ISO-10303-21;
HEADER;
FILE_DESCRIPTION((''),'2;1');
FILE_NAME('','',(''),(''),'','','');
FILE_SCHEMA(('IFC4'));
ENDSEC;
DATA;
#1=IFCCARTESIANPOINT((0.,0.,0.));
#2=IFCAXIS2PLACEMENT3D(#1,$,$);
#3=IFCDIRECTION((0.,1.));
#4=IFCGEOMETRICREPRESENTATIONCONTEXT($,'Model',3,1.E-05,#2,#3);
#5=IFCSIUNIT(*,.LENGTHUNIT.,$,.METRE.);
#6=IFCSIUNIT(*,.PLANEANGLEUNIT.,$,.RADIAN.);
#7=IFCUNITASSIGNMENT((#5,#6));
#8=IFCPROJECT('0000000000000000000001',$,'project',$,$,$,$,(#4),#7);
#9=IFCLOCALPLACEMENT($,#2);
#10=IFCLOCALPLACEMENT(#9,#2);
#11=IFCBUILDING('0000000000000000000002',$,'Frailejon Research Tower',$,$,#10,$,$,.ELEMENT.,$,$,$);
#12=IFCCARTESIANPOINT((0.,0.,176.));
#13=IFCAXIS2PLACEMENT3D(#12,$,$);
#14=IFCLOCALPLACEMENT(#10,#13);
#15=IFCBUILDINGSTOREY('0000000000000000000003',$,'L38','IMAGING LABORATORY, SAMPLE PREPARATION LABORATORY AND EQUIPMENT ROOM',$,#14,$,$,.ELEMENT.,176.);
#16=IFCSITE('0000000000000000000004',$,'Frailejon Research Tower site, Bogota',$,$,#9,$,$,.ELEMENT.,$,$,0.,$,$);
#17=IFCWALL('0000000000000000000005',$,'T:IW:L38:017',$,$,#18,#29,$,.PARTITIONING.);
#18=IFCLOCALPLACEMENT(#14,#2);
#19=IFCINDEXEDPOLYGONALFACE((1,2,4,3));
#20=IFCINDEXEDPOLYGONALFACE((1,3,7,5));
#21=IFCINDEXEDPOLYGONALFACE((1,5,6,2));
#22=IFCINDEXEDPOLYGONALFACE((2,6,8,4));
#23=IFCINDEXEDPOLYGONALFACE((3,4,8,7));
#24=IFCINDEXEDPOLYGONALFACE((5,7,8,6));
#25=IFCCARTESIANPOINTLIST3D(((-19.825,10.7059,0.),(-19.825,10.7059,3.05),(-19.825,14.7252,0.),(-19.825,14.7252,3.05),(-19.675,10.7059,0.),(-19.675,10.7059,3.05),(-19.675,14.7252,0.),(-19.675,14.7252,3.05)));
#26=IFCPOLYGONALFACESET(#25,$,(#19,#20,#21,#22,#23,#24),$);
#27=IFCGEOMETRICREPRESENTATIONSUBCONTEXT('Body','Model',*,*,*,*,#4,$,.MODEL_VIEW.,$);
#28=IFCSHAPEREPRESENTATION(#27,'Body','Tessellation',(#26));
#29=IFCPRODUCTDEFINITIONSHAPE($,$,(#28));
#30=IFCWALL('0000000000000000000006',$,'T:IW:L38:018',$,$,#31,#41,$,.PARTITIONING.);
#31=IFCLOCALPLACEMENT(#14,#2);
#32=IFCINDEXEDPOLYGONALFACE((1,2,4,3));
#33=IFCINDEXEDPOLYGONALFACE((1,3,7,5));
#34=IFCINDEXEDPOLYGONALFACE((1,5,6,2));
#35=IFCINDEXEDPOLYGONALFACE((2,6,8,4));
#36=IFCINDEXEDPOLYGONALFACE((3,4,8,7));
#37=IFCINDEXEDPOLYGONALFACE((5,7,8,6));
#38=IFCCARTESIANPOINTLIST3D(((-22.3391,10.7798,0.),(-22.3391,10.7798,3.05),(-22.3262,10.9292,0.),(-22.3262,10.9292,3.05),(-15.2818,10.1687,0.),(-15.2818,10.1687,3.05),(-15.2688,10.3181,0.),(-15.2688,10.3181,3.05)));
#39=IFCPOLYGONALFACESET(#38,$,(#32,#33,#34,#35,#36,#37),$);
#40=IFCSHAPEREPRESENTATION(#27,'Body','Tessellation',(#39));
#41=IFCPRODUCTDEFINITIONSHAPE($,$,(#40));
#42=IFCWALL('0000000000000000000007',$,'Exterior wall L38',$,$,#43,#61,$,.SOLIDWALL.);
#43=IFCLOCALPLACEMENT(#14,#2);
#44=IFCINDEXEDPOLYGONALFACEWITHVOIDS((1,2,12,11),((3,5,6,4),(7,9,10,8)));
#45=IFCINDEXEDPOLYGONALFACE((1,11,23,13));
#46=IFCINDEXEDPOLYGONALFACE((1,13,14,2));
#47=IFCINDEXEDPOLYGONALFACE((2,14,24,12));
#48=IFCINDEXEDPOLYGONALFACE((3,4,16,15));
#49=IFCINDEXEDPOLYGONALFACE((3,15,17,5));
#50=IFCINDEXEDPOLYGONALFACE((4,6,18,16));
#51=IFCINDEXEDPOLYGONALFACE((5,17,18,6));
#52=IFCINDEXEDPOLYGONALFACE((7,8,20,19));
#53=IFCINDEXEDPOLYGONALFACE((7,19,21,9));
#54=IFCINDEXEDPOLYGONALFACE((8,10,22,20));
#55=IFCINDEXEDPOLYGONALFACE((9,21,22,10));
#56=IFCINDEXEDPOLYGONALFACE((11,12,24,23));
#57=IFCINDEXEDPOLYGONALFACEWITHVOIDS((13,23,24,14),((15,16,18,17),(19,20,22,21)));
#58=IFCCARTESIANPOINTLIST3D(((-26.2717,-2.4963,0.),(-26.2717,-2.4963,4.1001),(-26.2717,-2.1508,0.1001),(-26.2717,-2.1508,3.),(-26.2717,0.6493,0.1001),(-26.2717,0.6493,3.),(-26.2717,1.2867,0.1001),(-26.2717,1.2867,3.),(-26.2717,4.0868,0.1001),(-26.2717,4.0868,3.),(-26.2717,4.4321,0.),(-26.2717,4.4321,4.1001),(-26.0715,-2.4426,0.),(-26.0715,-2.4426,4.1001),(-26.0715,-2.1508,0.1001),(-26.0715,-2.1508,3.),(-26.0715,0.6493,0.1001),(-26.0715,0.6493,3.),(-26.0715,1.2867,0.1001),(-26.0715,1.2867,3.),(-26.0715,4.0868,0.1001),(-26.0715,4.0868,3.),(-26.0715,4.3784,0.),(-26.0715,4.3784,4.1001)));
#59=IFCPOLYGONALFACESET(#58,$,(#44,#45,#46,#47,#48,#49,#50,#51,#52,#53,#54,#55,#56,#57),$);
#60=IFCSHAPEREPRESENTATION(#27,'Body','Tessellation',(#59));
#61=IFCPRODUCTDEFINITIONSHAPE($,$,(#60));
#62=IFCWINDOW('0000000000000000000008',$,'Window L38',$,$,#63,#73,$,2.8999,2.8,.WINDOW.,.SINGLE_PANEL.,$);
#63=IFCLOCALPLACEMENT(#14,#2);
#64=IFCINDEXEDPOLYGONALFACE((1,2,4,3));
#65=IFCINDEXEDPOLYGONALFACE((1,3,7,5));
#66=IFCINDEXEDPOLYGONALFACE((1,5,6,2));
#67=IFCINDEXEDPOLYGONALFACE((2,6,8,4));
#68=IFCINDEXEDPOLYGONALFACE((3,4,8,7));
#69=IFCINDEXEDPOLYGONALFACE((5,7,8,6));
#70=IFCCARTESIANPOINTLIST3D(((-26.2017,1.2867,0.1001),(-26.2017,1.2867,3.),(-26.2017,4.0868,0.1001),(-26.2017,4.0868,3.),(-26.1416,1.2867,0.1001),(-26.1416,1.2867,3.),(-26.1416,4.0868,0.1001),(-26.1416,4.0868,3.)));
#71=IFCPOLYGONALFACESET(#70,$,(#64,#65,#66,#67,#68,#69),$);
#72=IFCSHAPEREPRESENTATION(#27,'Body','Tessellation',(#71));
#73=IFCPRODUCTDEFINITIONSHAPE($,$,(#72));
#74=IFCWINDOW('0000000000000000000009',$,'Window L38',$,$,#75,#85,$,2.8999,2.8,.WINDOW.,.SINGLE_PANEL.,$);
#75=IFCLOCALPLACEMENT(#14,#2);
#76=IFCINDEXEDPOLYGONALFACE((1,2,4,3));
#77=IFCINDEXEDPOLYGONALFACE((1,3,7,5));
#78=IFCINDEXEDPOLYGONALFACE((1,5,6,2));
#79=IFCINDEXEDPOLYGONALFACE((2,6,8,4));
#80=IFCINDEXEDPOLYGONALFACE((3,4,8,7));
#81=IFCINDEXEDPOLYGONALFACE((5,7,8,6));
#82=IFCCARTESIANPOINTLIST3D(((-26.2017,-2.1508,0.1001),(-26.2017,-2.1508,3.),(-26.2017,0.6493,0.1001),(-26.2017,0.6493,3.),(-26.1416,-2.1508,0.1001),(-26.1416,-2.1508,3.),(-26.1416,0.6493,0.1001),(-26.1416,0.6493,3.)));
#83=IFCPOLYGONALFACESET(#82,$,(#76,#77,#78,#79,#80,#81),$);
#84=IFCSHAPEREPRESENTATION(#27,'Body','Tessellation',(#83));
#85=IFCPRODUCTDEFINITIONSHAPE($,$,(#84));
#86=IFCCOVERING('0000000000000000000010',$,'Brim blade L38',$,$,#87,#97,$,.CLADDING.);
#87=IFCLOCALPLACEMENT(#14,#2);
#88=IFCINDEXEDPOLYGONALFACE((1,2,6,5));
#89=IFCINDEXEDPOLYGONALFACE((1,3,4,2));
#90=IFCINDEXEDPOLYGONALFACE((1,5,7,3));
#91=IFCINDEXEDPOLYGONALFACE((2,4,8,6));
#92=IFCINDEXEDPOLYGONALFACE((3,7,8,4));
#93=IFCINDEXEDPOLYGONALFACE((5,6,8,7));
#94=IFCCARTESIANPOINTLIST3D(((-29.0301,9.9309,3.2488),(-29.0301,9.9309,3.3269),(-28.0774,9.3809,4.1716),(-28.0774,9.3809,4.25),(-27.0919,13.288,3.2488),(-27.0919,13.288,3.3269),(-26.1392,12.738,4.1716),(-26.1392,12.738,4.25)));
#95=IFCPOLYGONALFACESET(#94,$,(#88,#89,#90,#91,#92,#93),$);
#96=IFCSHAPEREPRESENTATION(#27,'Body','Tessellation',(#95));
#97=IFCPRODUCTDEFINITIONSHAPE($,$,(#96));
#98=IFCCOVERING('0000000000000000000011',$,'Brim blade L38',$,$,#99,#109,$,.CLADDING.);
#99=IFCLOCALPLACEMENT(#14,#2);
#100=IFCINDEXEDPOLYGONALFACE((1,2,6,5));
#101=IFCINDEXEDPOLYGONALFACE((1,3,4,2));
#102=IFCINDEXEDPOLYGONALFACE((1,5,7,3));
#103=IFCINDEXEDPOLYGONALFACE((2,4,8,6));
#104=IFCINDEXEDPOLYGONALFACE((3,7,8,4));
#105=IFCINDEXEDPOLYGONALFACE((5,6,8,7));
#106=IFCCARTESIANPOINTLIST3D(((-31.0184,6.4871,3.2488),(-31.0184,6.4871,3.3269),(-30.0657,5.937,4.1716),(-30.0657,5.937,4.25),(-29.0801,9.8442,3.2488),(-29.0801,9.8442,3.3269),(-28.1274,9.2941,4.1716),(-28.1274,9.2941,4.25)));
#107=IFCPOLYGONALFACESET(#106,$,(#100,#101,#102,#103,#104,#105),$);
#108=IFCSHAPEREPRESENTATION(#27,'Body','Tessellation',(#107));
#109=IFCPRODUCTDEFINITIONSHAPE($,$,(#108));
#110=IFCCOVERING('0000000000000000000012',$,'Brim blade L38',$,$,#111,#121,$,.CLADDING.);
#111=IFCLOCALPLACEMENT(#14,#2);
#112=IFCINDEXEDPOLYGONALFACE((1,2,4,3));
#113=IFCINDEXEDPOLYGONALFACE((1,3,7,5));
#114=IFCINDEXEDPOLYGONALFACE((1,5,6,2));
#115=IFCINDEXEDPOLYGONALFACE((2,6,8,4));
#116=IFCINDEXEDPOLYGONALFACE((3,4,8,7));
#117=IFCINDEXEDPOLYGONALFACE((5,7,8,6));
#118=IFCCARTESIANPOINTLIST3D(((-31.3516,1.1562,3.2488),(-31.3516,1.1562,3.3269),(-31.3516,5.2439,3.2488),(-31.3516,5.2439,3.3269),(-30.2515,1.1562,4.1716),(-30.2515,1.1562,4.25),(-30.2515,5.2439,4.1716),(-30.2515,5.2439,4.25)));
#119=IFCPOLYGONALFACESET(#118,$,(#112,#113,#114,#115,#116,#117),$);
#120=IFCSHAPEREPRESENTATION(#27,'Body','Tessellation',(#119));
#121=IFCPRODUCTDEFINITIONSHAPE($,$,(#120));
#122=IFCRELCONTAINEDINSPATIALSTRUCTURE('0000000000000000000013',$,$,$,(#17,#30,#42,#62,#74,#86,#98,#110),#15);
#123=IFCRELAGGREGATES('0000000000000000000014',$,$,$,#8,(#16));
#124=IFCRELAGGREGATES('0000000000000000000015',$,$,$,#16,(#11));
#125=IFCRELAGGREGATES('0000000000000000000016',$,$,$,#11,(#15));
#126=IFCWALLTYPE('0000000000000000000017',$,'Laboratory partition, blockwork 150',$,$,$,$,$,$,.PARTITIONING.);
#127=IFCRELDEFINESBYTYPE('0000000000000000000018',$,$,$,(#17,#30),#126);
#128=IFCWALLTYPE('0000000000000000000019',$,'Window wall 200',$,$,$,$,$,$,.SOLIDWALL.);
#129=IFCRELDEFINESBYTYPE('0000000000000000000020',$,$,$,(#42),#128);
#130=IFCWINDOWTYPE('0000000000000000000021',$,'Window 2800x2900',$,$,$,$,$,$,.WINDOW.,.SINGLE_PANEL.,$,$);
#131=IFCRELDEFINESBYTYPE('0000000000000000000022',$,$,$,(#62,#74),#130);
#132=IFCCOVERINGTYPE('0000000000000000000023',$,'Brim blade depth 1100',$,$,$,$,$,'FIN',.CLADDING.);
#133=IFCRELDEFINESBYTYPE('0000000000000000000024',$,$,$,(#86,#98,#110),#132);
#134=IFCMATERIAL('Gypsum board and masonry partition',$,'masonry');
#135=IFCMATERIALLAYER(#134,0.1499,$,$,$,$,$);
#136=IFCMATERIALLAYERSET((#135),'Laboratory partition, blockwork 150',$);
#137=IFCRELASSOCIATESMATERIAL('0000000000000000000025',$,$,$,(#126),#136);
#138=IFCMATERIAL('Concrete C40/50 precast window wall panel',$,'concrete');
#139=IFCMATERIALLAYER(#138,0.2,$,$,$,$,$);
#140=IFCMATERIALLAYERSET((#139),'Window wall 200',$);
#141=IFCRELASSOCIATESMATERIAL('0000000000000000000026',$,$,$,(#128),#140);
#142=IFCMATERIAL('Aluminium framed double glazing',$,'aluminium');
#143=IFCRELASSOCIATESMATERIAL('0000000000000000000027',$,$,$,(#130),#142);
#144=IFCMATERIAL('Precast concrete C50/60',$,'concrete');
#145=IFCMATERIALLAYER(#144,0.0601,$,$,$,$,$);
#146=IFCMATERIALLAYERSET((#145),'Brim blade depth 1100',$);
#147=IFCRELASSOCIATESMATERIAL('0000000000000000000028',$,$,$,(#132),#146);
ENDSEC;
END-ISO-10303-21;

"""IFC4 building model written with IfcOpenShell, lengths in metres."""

from ifc_helpers import new_model, si_unit, direction, frame, frame_2d, origin, place, context, subcontext, project, spatial, polyline, rectangle, outline, extrude, material, layer, layer_set, type_object, element, fill, save


model = new_model("IFC4")

# Units and contexts
model_context = context("Model", 3, precision=1e-05, world=origin(), true_north=direction((0.0, 1.0)))
body_context = subcontext(model_context, "Body", "Model", "MODEL_VIEW")
ifc_project = project(units=[si_unit("LENGTHUNIT", "METRE"), si_unit("PLANEANGLEUNIT", "RADIAN")], contexts=[model_context])

# Site, building, storey
site_placement = place(None, origin())
site = spatial("IfcSite", under=ifc_project, at=site_placement, Name="Frailejon Research Tower site, Bogota", CompositionType="ELEMENT", RefElevation=0.0)
building_placement = place(site_placement, origin())
building = spatial("IfcBuilding", under=site, at=building_placement, Name="Frailejon Research Tower", CompositionType="ELEMENT")
storey_placement = place(building_placement, frame((0.0, 0.0, 176.0)))
storey = spatial("IfcBuildingStorey", under=building, at=storey_placement, Name="L38", Description="IMAGING LABORATORY, SAMPLE PREPARATION LABORATORY AND EQUIPMENT ROOM", CompositionType="ELEMENT", Elevation=176.0)

# Walls
ifc_material_1 = material(Name="Gypsum board and masonry partition", Category="masonry")
ifc_layer_1 = layer(ifc_material_1, 0.1499)
ifc_layer_set_1 = layer_set([ifc_layer_1], Name="Laboratory partition, blockwork 150")
wall_type_1 = type_object("IfcWallType", Name="Laboratory partition, blockwork 150", PredefinedType="PARTITIONING", material=ifc_layer_set_1)
wall_1_placement = place(storey_placement, frame((-19.75, 10.7058, 0.0), z_axis=(0.0, 0.0, 1.0), x_axis=(0.0, 1.0, 0.0)))
element("IfcWall", 1, at=wall_1_placement, inside=storey, type_object=wall_type_1, Name="T:IW:L38:017", PredefinedType="PARTITIONING", context=body_context, shape_type="SweptSolid", body=[
    extrude(rectangle(XDim=4.0193, YDim=0.1499, at=frame_2d((2.0098, 0.0))), origin(), (0.0, 0.0, 1.0), 3.05),
])
wall_2_placement = place(storey_placement, frame((-22.3328, 10.8545, 0.0), z_axis=(0.0, 0.0, 1.0), x_axis=(0.996272, -0.086265, 0.0)))
element("IfcWall", 2, at=wall_2_placement, inside=storey, type_object=wall_type_1, Name="T:IW:L38:018", PredefinedType="PARTITIONING", context=body_context, shape_type="SweptSolid", body=[
    extrude(rectangle(XDim=7.0837, YDim=0.1499, at=frame_2d((3.542, 0.0))), origin(), (0.0, 0.0, 1.0), 3.05),
])

# Wall, openings, windows
ifc_material_2 = material(Name="Concrete C40/50 precast window wall panel", Category="concrete")
ifc_layer_2 = layer(ifc_material_2, 0.2)
ifc_layer_set_2 = layer_set([ifc_layer_2], Name="Window wall 200")
wall_type_2 = type_object("IfcWallType", Name="Window wall 200", PredefinedType="SOLIDWALL", material=ifc_layer_set_2)
wall_3_placement = place(storey_placement, frame((-26.1716, 4.4053, 0.0), z_axis=(0.0, 0.0, 1.0), x_axis=(0.0, -1.0, 0.0)))
wall_3 = element("IfcWall", 3, at=wall_3_placement, inside=storey, type_object=wall_type_2, Name="Exterior wall L38", PredefinedType="SOLIDWALL", context=body_context, shape_type="SweptSolid", body=[
    extrude(outline(polyline([(-0.0269, -0.1001), (1.1279, -0.1001), (2.2827, -0.1001), (3.4375, -0.1001), (4.592, -0.1001), (5.7468, -0.1001), (6.9016, -0.1001), (6.8479, 0.1001), (5.7109, 0.1001), (4.5742, 0.1001), (3.4375, 0.1001), (2.3005, 0.1001), (1.1636, 0.1001), (0.0269, 0.1001), (-0.0269, -0.1001)])), origin(), (0.0, 0.0, 1.0), 4.1001),
])
opening_1_placement = place(wall_3_placement, frame((0.3186, 0.0, 0.1001)))
opening_1 = element("IfcOpeningElement", 4, at=opening_1_placement, cuts=wall_3, PredefinedType="OPENING", context=body_context, shape_type="SweptSolid", body=[
    extrude(rectangle(XDim=2.8, YDim=2.8999, at=frame_2d((1.3999, 1.45))), frame((0.0, 0.1099, 0.0), z_axis=(0.0, -1.0, 0.0), x_axis=(1.0, 0.0, 0.0)), (0.0, 0.0, 1.0), 0.22),
])
opening_2_placement = place(wall_3_placement, frame((3.7561, 0.0, 0.1001)))
opening_2 = element("IfcOpeningElement", 5, at=opening_2_placement, cuts=wall_3, PredefinedType="OPENING", context=body_context, shape_type="SweptSolid", body=[
    extrude(rectangle(XDim=2.8, YDim=2.8999, at=frame_2d((1.3999, 1.45))), frame((0.0, 0.1099, 0.0), z_axis=(0.0, -1.0, 0.0), x_axis=(1.0, 0.0, 0.0)), (0.0, 0.0, 1.0), 0.22),
])
ifc_material_3 = material(Name="Aluminium framed double glazing", Category="aluminium")
window_type = type_object("IfcWindowType", Name="Window 2800x2900", PartitioningType="SINGLE_PANEL", PredefinedType="WINDOW", material=ifc_material_3)
window_1_placement = place(opening_1_placement, origin())
window_1 = element("IfcWindow", 6, at=window_1_placement, inside=storey, type_object=window_type, Name="Window L38", OverallHeight=2.8999, OverallWidth=2.8, PartitioningType="SINGLE_PANEL", PredefinedType="WINDOW", context=body_context, shape_type="SweptSolid", body=[
    extrude(rectangle(XDim=2.8, YDim=2.8999, at=frame_2d((1.3999, 1.45))), frame((0.0, 0.03, 0.0), z_axis=(0.0, -1.0, 0.0), x_axis=(1.0, 0.0, 0.0)), (0.0, 0.0, 1.0), 0.0601),
])
fill(opening_1, window_1)
window_2_placement = place(opening_2_placement, origin())
window_2 = element("IfcWindow", 7, at=window_2_placement, inside=storey, type_object=window_type, Name="Window L38", OverallHeight=2.8999, OverallWidth=2.8, PartitioningType="SINGLE_PANEL", PredefinedType="WINDOW", context=body_context, shape_type="SweptSolid", body=[
    extrude(rectangle(XDim=2.8, YDim=2.8999, at=frame_2d((1.3999, 1.45))), frame((0.0, 0.03, 0.0), z_axis=(0.0, -1.0, 0.0), x_axis=(1.0, 0.0, 0.0)), (0.0, 0.0, 1.0), 0.0601),
])
fill(opening_2, window_2)

# Coverings
ifc_material_4 = material(Name="Precast concrete C50/60", Category="concrete")
ifc_layer_3 = layer(ifc_material_4, 0.0601)
ifc_layer_set_3 = layer_set([ifc_layer_3], Name="Brim blade depth 1100")
covering_type = type_object("IfcCoveringType", Name="Brim blade depth 1100", ElementType="FIN", PredefinedType="CLADDING", material=ifc_layer_set_3)
for number, where, z_axis, x_axis, name in (
    (8, (-28.0774, 9.3809, 4.25), (0.499996, 0.866028, 0.0), (-0.866028, 0.499996, 0.0), "Brim blade L38"),
    (9, (-30.0657, 5.937, 4.25), (0.500015, 0.866017, 0.0), (-0.866017, 0.500015, 0.0), "Brim blade L38"),
):
    element("IfcCovering", number, at=place(storey_placement, frame(where, z_axis=z_axis, x_axis=x_axis)), inside=storey, type_object=covering_type, Name=name, PredefinedType="CLADDING", context=body_context, shape_type="SweptSolid", body=[
        extrude(outline(polyline([(0.0, -0.0784), (1.1001, -1.0012), (1.1001, -0.9231), (0.0, 0.0), (0.0, -0.0784)])), origin(), (0.0, 0.0, 1.0), 3.8765),
    ])
covering_placement = place(storey_placement, frame((-30.2515, 1.1562, 4.25), z_axis=(0.0, 1.0, 0.0), x_axis=(-1.0, 0.0, 0.0)))
element("IfcCovering", 10, at=covering_placement, inside=storey, type_object=covering_type, Name="Brim blade L38", PredefinedType="CLADDING", context=body_context, shape_type="SweptSolid", body=[
    extrude(outline(polyline([(0.0, -0.0784), (1.1001, -1.0012), (1.1001, -0.9231), (0.0, 0.0), (0.0, -0.0784)])), origin(), (0.0, 0.0, 1.0), 4.0876),
])

save(model, "model.ifc")
